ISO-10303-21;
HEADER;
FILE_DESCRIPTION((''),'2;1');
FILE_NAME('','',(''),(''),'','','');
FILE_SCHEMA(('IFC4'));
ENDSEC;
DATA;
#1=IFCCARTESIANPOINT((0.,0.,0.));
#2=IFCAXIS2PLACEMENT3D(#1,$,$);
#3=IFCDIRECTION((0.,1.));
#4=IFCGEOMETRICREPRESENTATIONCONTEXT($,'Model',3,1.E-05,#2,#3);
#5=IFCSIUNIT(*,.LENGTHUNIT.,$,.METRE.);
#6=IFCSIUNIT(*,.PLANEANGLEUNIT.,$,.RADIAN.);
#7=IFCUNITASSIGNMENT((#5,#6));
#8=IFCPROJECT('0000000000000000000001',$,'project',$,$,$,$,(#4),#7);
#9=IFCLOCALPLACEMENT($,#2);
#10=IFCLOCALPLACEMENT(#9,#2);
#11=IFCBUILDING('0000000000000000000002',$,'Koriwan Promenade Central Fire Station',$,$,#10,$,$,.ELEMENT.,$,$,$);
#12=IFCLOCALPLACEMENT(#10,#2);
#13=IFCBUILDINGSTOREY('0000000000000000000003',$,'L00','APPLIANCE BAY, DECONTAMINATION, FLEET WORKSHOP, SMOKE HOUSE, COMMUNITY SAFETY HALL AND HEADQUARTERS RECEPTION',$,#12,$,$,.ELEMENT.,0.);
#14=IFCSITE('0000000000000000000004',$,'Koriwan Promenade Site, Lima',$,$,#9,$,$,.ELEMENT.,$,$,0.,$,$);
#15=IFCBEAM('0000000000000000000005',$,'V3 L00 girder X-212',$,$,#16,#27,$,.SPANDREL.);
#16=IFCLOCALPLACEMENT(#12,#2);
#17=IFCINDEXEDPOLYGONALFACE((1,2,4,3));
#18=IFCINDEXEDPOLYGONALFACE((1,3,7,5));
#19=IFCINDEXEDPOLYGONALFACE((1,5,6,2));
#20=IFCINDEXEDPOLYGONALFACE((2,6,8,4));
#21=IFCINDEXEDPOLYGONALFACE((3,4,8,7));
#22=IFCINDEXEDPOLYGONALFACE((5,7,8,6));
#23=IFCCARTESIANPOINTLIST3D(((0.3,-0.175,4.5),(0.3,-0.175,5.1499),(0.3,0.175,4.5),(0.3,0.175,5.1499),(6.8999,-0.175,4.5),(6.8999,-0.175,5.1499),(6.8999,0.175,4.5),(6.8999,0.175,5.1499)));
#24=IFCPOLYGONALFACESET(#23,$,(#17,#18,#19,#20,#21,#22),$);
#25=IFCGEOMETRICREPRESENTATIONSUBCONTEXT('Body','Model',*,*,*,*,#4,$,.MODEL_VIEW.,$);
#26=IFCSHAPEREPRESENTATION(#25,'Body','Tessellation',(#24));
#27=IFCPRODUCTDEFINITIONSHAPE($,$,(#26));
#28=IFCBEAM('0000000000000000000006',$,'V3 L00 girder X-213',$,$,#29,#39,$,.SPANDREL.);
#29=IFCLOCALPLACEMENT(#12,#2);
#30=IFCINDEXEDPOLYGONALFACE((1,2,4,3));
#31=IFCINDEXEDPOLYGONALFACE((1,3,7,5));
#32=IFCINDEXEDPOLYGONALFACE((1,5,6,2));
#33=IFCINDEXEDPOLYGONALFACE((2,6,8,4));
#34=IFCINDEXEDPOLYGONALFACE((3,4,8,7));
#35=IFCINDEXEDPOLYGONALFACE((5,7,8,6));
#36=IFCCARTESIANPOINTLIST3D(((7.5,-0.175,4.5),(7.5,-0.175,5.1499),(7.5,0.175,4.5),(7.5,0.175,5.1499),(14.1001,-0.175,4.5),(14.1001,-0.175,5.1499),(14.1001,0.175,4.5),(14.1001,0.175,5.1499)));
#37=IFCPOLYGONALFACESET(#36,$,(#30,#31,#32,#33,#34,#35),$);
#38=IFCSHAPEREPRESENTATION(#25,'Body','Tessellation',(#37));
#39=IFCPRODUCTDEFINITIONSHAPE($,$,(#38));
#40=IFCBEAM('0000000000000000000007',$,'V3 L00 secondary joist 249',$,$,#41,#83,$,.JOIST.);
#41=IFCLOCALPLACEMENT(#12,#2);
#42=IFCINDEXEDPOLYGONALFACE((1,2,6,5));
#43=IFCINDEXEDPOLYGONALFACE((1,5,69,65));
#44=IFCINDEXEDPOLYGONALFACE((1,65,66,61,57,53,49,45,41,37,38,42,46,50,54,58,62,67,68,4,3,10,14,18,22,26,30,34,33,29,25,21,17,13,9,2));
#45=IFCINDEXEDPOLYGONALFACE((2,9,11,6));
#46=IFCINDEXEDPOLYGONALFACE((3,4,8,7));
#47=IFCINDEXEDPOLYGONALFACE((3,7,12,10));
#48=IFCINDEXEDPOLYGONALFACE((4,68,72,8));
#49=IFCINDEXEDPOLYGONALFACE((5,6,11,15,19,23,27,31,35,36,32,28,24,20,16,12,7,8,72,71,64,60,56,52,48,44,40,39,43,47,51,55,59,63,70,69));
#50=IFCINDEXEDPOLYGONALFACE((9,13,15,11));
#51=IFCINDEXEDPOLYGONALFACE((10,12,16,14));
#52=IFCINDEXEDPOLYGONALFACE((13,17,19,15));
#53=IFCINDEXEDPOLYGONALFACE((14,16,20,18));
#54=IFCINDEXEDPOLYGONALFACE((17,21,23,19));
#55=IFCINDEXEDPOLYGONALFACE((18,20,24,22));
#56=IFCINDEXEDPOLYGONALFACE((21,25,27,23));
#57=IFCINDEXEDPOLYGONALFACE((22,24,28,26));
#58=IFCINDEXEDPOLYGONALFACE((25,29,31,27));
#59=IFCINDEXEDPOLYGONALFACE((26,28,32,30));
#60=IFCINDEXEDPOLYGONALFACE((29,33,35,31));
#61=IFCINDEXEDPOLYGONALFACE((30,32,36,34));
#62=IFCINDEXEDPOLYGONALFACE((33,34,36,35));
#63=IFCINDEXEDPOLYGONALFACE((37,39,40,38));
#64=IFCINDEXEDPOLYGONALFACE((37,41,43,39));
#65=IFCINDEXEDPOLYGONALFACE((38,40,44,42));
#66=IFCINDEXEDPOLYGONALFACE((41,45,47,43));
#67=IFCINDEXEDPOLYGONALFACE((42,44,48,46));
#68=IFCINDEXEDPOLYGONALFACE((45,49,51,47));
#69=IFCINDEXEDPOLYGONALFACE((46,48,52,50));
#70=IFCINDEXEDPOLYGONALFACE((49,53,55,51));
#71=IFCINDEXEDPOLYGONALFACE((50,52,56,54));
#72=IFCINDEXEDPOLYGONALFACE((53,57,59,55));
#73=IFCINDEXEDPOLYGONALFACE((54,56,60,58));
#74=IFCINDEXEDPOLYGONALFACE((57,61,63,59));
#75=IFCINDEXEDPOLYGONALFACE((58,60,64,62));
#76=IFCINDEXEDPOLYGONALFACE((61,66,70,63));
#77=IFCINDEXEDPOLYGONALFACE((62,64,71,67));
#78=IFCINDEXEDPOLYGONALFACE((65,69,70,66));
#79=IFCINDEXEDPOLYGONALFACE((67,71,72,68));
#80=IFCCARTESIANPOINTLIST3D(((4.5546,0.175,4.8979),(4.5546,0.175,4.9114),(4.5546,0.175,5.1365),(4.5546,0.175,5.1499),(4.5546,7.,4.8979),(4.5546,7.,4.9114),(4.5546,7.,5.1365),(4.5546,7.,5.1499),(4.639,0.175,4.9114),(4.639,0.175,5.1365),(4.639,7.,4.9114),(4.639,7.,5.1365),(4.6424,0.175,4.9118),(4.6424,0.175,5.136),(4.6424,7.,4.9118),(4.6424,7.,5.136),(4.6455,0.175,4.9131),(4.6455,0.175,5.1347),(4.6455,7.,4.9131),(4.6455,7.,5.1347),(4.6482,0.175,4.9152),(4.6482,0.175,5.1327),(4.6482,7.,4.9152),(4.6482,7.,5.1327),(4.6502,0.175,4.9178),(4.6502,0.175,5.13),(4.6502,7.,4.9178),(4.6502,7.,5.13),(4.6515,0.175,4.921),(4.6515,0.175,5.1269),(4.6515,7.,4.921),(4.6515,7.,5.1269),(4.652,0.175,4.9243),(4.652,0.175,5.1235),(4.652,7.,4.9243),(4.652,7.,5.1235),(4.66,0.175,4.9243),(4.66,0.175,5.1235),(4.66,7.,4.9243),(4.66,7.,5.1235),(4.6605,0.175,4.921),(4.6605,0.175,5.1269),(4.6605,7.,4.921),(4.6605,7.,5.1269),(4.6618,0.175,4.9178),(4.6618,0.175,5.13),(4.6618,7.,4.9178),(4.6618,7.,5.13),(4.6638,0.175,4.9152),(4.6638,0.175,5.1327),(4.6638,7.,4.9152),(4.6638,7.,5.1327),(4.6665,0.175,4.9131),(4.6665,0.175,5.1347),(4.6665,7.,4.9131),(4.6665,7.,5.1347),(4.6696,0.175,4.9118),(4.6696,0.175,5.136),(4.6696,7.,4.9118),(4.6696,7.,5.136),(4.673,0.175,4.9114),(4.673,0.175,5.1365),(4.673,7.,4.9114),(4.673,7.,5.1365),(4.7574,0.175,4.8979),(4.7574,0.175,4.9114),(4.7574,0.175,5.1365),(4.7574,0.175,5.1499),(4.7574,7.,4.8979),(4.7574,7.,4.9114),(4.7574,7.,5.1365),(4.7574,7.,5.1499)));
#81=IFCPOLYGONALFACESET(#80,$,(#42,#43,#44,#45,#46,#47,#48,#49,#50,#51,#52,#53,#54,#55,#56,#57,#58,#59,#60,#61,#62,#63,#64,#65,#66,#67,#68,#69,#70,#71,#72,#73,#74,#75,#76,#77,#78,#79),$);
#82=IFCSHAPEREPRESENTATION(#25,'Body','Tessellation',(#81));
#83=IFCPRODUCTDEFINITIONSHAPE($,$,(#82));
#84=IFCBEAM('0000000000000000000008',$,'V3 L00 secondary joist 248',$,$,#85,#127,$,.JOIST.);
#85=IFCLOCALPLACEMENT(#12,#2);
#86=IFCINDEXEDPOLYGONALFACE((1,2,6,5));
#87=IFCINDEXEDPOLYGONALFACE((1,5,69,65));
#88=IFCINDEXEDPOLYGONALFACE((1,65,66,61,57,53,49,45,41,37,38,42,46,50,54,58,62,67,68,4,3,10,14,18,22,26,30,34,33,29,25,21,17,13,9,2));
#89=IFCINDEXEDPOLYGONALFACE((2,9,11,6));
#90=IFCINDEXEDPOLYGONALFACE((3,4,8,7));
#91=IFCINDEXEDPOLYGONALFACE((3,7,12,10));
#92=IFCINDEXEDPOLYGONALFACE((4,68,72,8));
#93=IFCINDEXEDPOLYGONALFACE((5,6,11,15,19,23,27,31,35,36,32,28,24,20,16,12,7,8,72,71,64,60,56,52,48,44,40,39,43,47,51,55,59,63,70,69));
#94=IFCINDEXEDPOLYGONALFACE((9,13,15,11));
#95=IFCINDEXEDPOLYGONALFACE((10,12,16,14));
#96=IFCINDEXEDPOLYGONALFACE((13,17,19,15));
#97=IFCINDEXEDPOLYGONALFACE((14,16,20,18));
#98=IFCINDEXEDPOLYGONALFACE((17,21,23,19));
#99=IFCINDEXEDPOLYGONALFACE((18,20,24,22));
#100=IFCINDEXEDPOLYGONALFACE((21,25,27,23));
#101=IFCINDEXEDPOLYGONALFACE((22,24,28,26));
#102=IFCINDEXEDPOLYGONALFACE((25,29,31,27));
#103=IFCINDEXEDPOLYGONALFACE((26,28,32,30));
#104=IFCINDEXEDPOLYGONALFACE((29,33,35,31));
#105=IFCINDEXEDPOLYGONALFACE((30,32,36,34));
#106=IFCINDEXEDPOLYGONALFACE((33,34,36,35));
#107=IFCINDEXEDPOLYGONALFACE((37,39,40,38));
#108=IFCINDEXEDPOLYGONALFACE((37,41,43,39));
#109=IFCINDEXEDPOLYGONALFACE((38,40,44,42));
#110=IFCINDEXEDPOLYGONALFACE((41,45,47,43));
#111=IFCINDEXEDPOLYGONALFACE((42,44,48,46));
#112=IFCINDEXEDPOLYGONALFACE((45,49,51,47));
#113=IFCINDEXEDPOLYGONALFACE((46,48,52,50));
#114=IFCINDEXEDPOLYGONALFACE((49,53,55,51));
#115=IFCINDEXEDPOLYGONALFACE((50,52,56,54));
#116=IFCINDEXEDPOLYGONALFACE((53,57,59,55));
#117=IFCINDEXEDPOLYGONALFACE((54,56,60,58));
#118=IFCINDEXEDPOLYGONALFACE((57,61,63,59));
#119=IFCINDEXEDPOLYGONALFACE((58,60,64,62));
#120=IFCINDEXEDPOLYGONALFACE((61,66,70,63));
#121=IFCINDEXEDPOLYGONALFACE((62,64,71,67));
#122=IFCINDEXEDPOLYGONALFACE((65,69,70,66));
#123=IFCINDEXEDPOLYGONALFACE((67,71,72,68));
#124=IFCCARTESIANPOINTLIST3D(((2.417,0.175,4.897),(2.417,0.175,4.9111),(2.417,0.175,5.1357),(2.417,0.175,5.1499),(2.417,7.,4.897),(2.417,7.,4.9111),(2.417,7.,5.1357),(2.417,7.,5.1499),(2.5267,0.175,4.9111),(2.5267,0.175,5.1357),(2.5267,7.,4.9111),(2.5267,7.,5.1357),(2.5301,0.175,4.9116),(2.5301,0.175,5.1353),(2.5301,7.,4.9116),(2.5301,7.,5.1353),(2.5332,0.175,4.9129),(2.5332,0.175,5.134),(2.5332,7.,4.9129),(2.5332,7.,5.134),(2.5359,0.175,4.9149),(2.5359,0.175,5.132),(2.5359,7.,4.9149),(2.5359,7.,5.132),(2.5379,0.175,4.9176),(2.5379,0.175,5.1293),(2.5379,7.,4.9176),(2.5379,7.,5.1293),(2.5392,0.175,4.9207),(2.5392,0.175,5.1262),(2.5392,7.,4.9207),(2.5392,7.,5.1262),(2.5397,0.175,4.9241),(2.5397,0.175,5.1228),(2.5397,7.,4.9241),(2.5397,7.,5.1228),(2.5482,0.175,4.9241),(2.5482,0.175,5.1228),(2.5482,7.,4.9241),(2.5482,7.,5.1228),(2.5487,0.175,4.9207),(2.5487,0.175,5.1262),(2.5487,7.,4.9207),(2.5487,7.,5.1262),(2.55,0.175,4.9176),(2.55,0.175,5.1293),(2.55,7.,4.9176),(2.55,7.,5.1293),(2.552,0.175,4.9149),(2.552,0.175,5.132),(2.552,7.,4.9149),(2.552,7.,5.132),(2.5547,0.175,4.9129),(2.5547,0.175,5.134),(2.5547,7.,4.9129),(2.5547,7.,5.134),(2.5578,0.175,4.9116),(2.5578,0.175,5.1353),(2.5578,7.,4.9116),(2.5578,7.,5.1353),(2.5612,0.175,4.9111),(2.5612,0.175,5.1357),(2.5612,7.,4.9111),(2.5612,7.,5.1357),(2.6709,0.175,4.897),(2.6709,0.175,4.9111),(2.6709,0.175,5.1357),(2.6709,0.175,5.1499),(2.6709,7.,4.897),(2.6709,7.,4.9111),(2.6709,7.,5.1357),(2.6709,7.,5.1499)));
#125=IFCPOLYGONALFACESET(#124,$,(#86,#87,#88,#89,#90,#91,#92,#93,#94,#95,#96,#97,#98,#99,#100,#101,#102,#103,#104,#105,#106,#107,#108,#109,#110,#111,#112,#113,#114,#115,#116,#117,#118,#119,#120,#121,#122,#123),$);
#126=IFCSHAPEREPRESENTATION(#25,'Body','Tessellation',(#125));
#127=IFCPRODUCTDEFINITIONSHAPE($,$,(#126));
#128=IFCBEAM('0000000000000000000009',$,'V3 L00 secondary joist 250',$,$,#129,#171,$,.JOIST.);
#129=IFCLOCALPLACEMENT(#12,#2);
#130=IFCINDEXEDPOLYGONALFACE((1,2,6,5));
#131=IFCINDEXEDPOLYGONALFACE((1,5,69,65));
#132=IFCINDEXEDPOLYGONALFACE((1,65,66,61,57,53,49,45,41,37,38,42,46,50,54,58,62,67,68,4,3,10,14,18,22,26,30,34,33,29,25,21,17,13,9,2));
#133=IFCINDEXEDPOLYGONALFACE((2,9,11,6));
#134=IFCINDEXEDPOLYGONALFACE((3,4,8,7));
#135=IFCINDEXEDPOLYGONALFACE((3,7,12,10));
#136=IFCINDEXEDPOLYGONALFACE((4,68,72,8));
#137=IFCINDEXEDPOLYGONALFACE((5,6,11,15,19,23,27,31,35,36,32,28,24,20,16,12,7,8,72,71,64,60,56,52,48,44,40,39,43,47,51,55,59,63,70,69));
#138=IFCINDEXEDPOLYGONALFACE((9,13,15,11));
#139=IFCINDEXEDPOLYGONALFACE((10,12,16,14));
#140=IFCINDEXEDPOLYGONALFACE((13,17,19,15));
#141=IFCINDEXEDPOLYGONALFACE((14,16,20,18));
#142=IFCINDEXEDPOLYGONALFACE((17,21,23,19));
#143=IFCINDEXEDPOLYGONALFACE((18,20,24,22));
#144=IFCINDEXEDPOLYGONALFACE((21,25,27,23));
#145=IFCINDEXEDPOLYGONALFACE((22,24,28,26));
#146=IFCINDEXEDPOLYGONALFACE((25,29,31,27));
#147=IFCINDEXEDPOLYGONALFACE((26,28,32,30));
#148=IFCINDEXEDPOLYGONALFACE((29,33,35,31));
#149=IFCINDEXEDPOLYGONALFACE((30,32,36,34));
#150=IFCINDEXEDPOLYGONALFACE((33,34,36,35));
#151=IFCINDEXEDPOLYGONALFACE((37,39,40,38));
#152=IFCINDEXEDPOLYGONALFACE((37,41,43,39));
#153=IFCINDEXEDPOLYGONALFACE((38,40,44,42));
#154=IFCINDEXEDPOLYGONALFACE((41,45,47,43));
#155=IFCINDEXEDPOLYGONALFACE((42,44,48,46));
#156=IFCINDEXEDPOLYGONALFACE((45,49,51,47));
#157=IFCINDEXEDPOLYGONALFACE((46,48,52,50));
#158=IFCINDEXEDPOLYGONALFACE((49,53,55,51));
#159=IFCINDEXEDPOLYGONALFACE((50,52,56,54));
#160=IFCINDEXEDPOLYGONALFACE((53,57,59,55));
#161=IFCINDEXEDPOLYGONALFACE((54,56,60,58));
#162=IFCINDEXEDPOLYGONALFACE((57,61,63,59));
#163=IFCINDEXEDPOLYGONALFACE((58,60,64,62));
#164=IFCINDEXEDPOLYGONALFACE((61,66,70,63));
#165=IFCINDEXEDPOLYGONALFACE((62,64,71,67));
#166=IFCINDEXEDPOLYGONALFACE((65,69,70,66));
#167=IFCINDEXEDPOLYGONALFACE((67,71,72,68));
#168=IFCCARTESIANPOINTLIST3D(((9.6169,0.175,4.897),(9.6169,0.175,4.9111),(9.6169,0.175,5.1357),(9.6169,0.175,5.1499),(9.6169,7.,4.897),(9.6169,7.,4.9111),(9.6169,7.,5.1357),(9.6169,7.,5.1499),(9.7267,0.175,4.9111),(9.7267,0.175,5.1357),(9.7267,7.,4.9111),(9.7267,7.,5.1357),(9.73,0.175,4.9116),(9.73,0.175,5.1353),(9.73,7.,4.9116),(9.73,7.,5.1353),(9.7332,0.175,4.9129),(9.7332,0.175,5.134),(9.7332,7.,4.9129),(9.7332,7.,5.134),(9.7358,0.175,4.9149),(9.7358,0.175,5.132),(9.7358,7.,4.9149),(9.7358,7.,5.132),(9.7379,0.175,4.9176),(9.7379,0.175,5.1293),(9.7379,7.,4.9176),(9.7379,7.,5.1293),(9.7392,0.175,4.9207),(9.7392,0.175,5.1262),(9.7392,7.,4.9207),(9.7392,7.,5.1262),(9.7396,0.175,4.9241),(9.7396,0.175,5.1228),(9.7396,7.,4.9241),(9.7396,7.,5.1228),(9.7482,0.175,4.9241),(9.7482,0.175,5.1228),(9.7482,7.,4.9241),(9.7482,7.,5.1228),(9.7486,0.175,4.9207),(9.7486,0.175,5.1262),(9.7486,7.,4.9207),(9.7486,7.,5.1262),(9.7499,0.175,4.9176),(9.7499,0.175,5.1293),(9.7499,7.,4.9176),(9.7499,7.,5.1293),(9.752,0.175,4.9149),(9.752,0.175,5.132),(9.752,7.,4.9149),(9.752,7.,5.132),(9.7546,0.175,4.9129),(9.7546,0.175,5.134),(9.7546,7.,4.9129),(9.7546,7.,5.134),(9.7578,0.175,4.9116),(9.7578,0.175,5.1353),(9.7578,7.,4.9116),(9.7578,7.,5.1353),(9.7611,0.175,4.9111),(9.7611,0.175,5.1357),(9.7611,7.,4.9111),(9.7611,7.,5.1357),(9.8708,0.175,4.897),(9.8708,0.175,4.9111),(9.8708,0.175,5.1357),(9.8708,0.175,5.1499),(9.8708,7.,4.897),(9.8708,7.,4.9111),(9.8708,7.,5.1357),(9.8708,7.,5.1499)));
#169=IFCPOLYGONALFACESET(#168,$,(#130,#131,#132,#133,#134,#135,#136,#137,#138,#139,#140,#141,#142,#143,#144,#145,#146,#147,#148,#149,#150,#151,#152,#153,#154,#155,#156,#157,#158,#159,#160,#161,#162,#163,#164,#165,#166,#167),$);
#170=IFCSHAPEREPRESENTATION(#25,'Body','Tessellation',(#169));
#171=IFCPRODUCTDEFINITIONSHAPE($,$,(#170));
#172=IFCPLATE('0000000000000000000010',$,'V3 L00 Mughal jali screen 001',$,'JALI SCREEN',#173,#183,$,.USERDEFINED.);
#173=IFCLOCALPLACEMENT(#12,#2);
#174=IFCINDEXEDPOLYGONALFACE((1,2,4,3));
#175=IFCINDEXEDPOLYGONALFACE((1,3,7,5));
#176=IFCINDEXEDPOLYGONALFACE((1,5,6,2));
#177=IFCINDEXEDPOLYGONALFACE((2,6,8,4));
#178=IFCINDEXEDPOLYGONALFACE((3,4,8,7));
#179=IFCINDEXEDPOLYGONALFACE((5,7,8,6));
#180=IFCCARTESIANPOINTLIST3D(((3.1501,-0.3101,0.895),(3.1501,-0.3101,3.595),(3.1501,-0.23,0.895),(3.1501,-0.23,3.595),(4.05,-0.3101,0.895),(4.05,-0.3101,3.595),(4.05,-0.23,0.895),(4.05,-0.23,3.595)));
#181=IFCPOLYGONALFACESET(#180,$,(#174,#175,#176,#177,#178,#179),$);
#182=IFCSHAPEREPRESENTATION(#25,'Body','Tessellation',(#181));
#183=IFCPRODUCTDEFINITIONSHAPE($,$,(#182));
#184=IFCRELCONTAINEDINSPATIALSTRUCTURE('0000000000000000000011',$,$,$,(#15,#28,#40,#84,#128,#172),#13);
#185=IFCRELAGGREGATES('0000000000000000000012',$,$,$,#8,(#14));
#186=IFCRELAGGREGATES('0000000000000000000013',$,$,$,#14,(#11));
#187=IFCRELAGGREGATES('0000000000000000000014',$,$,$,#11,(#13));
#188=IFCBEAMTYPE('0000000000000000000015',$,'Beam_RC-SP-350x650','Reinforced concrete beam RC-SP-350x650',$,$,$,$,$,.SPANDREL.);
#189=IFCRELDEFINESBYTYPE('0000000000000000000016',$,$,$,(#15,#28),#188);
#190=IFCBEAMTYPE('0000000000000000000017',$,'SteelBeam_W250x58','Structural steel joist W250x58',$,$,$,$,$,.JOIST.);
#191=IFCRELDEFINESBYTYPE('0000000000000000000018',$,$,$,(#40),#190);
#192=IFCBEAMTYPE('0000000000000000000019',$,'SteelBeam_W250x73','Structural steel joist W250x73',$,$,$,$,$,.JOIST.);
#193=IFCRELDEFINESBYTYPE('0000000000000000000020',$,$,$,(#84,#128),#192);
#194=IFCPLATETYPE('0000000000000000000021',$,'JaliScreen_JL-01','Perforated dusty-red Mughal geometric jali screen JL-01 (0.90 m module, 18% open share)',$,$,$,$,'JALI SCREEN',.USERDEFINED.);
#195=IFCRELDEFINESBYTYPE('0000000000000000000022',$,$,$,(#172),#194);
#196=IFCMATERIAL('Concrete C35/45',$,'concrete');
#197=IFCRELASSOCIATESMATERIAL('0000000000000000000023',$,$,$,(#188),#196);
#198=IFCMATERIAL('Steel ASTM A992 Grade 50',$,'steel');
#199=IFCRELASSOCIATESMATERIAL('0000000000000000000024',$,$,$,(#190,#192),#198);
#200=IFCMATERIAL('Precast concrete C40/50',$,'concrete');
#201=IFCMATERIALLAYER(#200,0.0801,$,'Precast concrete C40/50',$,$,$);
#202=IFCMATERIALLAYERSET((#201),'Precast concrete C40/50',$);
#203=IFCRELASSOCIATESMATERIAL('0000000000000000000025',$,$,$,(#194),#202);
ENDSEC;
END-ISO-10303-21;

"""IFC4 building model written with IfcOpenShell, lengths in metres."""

from ifc_helpers import new_model, si_unit, direction, frame, origin, origin_2d, place, context, subcontext, project, spatial, rectangle, i_section, extrude, material, layer, layer_set, material_profile, profile_set, type_object, element, save


model = new_model("IFC4")

# Units and contexts
model_context = context("Model", 3, precision=1e-05, world=origin(), true_north=direction((0.0, 1.0)))
body_context = subcontext(model_context, "Body", "Model", "MODEL_VIEW")
ifc_project = project(units=[si_unit("LENGTHUNIT", "METRE"), si_unit("PLANEANGLEUNIT", "RADIAN")], contexts=[model_context])

# Site, building, storey
site_placement = place(None, origin())
site = spatial("IfcSite", under=ifc_project, at=site_placement, Name="Koriwan Promenade Site, Lima", CompositionType="ELEMENT", RefElevation=0.0)
building_placement = place(site_placement, origin())
building = spatial("IfcBuilding", under=site, at=building_placement, Name="Koriwan Promenade Central Fire Station", CompositionType="ELEMENT")
storey_placement = place(building_placement, origin())
storey = spatial("IfcBuildingStorey", under=building, at=storey_placement, Name="L00", Description="APPLIANCE BAY, DECONTAMINATION, FLEET WORKSHOP, SMOKE HOUSE, COMMUNITY SAFETY HALL AND HEADQUARTERS RECEPTION", CompositionType="ELEMENT", Elevation=0.0)

# Shared definitions
ifc_material_1 = material(Name="Concrete C35/45", Category="concrete")

# Beams
ifc_material_profile_1 = material_profile(ifc_material_1, rectangle(XDim=0.3501, YDim=0.6499, at=origin_2d()), Name="RC-SP-350x650")
ifc_profile_set_1 = profile_set([ifc_material_profile_1], Name="Concrete C35/45")
beam_type_1 = type_object("IfcBeamType", Name="Beam_RC-SP-350x650", Description="Reinforced concrete beam RC-SP-350x650", PredefinedType="SPANDREL", material=ifc_profile_set_1)
beam_1_placement = place(storey_placement, frame((0.3, 0.0, 4.825), z_axis=(1.0, 0.0, 0.0), x_axis=(0.0, 1.0, 0.0)))
element("IfcBeam", 1, at=beam_1_placement, inside=storey, type_object=beam_type_1, Name="V3 L00 girder X-212", PredefinedType="SPANDREL", context=body_context, shape_type="SweptSolid", body=[
    extrude(rectangle(XDim=0.3501, YDim=0.6499, at=origin_2d()), origin(), (0.0, 0.0, 1.0), 6.5999),
])
beam_2_placement = place(storey_placement, frame((7.5, 0.0, 4.825), z_axis=(1.0, 0.0, 0.0), x_axis=(0.0, 1.0, 0.0)))
element("IfcBeam", 2, at=beam_2_placement, inside=storey, type_object=beam_type_1, Name="V3 L00 girder X-213", PredefinedType="SPANDREL", context=body_context, shape_type="SweptSolid", body=[
    extrude(rectangle(XDim=0.3501, YDim=0.6499, at=origin_2d()), origin(), (0.0, 0.0, 1.0), 6.6001),
])
ifc_material_2 = material(Name="Steel ASTM A992 Grade 50", Category="steel")
ifc_material_profile_2 = material_profile(ifc_material_2, i_section(OverallWidth=0.2029, OverallDepth=0.252, WebThickness=0.0081, FlangeThickness=0.0134, FilletRadius=0.0129, at=origin_2d()), Name="W250x58")
ifc_profile_set_2 = profile_set([ifc_material_profile_2], Name="Steel ASTM A992 Grade 50")
beam_type_2 = type_object("IfcBeamType", Name="SteelBeam_W250x58", Description="Structural steel joist W250x58", PredefinedType="JOIST", material=ifc_profile_set_2)
beam_3_placement = place(storey_placement, frame((4.656, 0.175, 5.0239), z_axis=(0.0, 1.0, 0.0), x_axis=(-1.0, 0.0, 0.0)))
element("IfcBeam", 3, at=beam_3_placement, inside=storey, type_object=beam_type_2, Name="V3 L00 secondary joist 249", PredefinedType="JOIST", context=body_context, shape_type="SweptSolid", body=[
    extrude(i_section(OverallWidth=0.2029, OverallDepth=0.252, WebThickness=0.0081, FlangeThickness=0.0134, FilletRadius=0.0129, at=origin_2d()), origin(), (0.0, 0.0, 1.0), 6.825),
])
ifc_material_profile_3 = material_profile(ifc_material_2, i_section(OverallWidth=0.2539, OverallDepth=0.2529, WebThickness=0.0085, FlangeThickness=0.0142, FilletRadius=0.0129, at=origin_2d()), Name="W250x73")
ifc_profile_set_3 = profile_set([ifc_material_profile_3], Name="Steel ASTM A992 Grade 50")
beam_type_3 = type_object("IfcBeamType", Name="SteelBeam_W250x73", Description="Structural steel joist W250x73", PredefinedType="JOIST", material=ifc_profile_set_3)
for number, where, z_axis, x_axis, name in (
    (4, (2.5439, 0.175, 5.0234), (0.0, 1.0, 0.0), (-1.0, 0.0, 0.0), "V3 L00 secondary joist 248"),
    (5, (9.7439, 0.175, 5.0234), (0.0, 1.0, 0.0), (-1.0, 0.0, 0.0), "V3 L00 secondary joist 250"),
):
    element("IfcBeam", number, at=place(storey_placement, frame(where, z_axis=z_axis, x_axis=x_axis)), inside=storey, type_object=beam_type_3, Name=name, PredefinedType="JOIST", context=body_context, shape_type="SweptSolid", body=[
        extrude(i_section(OverallWidth=0.2539, OverallDepth=0.2529, WebThickness=0.0085, FlangeThickness=0.0142, FilletRadius=0.0129, at=origin_2d()), origin(), (0.0, 0.0, 1.0), 6.825),
    ])

# Plate
ifc_material_3 = material(Name="Precast concrete C40/50", Category="concrete")
ifc_layer_1 = layer(ifc_material_3, 0.0801, Name="Precast concrete C40/50")
ifc_layer_set_1 = layer_set([ifc_layer_1], Name="Precast concrete C40/50")
plate_type = type_object("IfcPlateType", Name="JaliScreen_JL-01", Description="Perforated dusty-red Mughal geometric jali screen JL-01 (0.90 m module, 18% open share)", ElementType="JALI SCREEN", PredefinedType="USERDEFINED", material=ifc_layer_set_1)
plate_placement = place(storey_placement, frame((3.6001, -0.27, 0.895), z_axis=(0.0, 0.0, 1.0), x_axis=(1.0, 0.0, 0.0)))
element("IfcPlate", 6, at=plate_placement, inside=storey, type_object=plate_type, Name="V3 L00 Mughal jali screen 001", ObjectType="JALI SCREEN", PredefinedType="USERDEFINED", context=body_context, shape_type="SweptSolid", body=[
    extrude(rectangle(XDim=0.8999, YDim=0.0801, at=origin_2d()), origin(), (0.0, 0.0, 1.0), 2.7),
])

save(model, "model.ifc")
